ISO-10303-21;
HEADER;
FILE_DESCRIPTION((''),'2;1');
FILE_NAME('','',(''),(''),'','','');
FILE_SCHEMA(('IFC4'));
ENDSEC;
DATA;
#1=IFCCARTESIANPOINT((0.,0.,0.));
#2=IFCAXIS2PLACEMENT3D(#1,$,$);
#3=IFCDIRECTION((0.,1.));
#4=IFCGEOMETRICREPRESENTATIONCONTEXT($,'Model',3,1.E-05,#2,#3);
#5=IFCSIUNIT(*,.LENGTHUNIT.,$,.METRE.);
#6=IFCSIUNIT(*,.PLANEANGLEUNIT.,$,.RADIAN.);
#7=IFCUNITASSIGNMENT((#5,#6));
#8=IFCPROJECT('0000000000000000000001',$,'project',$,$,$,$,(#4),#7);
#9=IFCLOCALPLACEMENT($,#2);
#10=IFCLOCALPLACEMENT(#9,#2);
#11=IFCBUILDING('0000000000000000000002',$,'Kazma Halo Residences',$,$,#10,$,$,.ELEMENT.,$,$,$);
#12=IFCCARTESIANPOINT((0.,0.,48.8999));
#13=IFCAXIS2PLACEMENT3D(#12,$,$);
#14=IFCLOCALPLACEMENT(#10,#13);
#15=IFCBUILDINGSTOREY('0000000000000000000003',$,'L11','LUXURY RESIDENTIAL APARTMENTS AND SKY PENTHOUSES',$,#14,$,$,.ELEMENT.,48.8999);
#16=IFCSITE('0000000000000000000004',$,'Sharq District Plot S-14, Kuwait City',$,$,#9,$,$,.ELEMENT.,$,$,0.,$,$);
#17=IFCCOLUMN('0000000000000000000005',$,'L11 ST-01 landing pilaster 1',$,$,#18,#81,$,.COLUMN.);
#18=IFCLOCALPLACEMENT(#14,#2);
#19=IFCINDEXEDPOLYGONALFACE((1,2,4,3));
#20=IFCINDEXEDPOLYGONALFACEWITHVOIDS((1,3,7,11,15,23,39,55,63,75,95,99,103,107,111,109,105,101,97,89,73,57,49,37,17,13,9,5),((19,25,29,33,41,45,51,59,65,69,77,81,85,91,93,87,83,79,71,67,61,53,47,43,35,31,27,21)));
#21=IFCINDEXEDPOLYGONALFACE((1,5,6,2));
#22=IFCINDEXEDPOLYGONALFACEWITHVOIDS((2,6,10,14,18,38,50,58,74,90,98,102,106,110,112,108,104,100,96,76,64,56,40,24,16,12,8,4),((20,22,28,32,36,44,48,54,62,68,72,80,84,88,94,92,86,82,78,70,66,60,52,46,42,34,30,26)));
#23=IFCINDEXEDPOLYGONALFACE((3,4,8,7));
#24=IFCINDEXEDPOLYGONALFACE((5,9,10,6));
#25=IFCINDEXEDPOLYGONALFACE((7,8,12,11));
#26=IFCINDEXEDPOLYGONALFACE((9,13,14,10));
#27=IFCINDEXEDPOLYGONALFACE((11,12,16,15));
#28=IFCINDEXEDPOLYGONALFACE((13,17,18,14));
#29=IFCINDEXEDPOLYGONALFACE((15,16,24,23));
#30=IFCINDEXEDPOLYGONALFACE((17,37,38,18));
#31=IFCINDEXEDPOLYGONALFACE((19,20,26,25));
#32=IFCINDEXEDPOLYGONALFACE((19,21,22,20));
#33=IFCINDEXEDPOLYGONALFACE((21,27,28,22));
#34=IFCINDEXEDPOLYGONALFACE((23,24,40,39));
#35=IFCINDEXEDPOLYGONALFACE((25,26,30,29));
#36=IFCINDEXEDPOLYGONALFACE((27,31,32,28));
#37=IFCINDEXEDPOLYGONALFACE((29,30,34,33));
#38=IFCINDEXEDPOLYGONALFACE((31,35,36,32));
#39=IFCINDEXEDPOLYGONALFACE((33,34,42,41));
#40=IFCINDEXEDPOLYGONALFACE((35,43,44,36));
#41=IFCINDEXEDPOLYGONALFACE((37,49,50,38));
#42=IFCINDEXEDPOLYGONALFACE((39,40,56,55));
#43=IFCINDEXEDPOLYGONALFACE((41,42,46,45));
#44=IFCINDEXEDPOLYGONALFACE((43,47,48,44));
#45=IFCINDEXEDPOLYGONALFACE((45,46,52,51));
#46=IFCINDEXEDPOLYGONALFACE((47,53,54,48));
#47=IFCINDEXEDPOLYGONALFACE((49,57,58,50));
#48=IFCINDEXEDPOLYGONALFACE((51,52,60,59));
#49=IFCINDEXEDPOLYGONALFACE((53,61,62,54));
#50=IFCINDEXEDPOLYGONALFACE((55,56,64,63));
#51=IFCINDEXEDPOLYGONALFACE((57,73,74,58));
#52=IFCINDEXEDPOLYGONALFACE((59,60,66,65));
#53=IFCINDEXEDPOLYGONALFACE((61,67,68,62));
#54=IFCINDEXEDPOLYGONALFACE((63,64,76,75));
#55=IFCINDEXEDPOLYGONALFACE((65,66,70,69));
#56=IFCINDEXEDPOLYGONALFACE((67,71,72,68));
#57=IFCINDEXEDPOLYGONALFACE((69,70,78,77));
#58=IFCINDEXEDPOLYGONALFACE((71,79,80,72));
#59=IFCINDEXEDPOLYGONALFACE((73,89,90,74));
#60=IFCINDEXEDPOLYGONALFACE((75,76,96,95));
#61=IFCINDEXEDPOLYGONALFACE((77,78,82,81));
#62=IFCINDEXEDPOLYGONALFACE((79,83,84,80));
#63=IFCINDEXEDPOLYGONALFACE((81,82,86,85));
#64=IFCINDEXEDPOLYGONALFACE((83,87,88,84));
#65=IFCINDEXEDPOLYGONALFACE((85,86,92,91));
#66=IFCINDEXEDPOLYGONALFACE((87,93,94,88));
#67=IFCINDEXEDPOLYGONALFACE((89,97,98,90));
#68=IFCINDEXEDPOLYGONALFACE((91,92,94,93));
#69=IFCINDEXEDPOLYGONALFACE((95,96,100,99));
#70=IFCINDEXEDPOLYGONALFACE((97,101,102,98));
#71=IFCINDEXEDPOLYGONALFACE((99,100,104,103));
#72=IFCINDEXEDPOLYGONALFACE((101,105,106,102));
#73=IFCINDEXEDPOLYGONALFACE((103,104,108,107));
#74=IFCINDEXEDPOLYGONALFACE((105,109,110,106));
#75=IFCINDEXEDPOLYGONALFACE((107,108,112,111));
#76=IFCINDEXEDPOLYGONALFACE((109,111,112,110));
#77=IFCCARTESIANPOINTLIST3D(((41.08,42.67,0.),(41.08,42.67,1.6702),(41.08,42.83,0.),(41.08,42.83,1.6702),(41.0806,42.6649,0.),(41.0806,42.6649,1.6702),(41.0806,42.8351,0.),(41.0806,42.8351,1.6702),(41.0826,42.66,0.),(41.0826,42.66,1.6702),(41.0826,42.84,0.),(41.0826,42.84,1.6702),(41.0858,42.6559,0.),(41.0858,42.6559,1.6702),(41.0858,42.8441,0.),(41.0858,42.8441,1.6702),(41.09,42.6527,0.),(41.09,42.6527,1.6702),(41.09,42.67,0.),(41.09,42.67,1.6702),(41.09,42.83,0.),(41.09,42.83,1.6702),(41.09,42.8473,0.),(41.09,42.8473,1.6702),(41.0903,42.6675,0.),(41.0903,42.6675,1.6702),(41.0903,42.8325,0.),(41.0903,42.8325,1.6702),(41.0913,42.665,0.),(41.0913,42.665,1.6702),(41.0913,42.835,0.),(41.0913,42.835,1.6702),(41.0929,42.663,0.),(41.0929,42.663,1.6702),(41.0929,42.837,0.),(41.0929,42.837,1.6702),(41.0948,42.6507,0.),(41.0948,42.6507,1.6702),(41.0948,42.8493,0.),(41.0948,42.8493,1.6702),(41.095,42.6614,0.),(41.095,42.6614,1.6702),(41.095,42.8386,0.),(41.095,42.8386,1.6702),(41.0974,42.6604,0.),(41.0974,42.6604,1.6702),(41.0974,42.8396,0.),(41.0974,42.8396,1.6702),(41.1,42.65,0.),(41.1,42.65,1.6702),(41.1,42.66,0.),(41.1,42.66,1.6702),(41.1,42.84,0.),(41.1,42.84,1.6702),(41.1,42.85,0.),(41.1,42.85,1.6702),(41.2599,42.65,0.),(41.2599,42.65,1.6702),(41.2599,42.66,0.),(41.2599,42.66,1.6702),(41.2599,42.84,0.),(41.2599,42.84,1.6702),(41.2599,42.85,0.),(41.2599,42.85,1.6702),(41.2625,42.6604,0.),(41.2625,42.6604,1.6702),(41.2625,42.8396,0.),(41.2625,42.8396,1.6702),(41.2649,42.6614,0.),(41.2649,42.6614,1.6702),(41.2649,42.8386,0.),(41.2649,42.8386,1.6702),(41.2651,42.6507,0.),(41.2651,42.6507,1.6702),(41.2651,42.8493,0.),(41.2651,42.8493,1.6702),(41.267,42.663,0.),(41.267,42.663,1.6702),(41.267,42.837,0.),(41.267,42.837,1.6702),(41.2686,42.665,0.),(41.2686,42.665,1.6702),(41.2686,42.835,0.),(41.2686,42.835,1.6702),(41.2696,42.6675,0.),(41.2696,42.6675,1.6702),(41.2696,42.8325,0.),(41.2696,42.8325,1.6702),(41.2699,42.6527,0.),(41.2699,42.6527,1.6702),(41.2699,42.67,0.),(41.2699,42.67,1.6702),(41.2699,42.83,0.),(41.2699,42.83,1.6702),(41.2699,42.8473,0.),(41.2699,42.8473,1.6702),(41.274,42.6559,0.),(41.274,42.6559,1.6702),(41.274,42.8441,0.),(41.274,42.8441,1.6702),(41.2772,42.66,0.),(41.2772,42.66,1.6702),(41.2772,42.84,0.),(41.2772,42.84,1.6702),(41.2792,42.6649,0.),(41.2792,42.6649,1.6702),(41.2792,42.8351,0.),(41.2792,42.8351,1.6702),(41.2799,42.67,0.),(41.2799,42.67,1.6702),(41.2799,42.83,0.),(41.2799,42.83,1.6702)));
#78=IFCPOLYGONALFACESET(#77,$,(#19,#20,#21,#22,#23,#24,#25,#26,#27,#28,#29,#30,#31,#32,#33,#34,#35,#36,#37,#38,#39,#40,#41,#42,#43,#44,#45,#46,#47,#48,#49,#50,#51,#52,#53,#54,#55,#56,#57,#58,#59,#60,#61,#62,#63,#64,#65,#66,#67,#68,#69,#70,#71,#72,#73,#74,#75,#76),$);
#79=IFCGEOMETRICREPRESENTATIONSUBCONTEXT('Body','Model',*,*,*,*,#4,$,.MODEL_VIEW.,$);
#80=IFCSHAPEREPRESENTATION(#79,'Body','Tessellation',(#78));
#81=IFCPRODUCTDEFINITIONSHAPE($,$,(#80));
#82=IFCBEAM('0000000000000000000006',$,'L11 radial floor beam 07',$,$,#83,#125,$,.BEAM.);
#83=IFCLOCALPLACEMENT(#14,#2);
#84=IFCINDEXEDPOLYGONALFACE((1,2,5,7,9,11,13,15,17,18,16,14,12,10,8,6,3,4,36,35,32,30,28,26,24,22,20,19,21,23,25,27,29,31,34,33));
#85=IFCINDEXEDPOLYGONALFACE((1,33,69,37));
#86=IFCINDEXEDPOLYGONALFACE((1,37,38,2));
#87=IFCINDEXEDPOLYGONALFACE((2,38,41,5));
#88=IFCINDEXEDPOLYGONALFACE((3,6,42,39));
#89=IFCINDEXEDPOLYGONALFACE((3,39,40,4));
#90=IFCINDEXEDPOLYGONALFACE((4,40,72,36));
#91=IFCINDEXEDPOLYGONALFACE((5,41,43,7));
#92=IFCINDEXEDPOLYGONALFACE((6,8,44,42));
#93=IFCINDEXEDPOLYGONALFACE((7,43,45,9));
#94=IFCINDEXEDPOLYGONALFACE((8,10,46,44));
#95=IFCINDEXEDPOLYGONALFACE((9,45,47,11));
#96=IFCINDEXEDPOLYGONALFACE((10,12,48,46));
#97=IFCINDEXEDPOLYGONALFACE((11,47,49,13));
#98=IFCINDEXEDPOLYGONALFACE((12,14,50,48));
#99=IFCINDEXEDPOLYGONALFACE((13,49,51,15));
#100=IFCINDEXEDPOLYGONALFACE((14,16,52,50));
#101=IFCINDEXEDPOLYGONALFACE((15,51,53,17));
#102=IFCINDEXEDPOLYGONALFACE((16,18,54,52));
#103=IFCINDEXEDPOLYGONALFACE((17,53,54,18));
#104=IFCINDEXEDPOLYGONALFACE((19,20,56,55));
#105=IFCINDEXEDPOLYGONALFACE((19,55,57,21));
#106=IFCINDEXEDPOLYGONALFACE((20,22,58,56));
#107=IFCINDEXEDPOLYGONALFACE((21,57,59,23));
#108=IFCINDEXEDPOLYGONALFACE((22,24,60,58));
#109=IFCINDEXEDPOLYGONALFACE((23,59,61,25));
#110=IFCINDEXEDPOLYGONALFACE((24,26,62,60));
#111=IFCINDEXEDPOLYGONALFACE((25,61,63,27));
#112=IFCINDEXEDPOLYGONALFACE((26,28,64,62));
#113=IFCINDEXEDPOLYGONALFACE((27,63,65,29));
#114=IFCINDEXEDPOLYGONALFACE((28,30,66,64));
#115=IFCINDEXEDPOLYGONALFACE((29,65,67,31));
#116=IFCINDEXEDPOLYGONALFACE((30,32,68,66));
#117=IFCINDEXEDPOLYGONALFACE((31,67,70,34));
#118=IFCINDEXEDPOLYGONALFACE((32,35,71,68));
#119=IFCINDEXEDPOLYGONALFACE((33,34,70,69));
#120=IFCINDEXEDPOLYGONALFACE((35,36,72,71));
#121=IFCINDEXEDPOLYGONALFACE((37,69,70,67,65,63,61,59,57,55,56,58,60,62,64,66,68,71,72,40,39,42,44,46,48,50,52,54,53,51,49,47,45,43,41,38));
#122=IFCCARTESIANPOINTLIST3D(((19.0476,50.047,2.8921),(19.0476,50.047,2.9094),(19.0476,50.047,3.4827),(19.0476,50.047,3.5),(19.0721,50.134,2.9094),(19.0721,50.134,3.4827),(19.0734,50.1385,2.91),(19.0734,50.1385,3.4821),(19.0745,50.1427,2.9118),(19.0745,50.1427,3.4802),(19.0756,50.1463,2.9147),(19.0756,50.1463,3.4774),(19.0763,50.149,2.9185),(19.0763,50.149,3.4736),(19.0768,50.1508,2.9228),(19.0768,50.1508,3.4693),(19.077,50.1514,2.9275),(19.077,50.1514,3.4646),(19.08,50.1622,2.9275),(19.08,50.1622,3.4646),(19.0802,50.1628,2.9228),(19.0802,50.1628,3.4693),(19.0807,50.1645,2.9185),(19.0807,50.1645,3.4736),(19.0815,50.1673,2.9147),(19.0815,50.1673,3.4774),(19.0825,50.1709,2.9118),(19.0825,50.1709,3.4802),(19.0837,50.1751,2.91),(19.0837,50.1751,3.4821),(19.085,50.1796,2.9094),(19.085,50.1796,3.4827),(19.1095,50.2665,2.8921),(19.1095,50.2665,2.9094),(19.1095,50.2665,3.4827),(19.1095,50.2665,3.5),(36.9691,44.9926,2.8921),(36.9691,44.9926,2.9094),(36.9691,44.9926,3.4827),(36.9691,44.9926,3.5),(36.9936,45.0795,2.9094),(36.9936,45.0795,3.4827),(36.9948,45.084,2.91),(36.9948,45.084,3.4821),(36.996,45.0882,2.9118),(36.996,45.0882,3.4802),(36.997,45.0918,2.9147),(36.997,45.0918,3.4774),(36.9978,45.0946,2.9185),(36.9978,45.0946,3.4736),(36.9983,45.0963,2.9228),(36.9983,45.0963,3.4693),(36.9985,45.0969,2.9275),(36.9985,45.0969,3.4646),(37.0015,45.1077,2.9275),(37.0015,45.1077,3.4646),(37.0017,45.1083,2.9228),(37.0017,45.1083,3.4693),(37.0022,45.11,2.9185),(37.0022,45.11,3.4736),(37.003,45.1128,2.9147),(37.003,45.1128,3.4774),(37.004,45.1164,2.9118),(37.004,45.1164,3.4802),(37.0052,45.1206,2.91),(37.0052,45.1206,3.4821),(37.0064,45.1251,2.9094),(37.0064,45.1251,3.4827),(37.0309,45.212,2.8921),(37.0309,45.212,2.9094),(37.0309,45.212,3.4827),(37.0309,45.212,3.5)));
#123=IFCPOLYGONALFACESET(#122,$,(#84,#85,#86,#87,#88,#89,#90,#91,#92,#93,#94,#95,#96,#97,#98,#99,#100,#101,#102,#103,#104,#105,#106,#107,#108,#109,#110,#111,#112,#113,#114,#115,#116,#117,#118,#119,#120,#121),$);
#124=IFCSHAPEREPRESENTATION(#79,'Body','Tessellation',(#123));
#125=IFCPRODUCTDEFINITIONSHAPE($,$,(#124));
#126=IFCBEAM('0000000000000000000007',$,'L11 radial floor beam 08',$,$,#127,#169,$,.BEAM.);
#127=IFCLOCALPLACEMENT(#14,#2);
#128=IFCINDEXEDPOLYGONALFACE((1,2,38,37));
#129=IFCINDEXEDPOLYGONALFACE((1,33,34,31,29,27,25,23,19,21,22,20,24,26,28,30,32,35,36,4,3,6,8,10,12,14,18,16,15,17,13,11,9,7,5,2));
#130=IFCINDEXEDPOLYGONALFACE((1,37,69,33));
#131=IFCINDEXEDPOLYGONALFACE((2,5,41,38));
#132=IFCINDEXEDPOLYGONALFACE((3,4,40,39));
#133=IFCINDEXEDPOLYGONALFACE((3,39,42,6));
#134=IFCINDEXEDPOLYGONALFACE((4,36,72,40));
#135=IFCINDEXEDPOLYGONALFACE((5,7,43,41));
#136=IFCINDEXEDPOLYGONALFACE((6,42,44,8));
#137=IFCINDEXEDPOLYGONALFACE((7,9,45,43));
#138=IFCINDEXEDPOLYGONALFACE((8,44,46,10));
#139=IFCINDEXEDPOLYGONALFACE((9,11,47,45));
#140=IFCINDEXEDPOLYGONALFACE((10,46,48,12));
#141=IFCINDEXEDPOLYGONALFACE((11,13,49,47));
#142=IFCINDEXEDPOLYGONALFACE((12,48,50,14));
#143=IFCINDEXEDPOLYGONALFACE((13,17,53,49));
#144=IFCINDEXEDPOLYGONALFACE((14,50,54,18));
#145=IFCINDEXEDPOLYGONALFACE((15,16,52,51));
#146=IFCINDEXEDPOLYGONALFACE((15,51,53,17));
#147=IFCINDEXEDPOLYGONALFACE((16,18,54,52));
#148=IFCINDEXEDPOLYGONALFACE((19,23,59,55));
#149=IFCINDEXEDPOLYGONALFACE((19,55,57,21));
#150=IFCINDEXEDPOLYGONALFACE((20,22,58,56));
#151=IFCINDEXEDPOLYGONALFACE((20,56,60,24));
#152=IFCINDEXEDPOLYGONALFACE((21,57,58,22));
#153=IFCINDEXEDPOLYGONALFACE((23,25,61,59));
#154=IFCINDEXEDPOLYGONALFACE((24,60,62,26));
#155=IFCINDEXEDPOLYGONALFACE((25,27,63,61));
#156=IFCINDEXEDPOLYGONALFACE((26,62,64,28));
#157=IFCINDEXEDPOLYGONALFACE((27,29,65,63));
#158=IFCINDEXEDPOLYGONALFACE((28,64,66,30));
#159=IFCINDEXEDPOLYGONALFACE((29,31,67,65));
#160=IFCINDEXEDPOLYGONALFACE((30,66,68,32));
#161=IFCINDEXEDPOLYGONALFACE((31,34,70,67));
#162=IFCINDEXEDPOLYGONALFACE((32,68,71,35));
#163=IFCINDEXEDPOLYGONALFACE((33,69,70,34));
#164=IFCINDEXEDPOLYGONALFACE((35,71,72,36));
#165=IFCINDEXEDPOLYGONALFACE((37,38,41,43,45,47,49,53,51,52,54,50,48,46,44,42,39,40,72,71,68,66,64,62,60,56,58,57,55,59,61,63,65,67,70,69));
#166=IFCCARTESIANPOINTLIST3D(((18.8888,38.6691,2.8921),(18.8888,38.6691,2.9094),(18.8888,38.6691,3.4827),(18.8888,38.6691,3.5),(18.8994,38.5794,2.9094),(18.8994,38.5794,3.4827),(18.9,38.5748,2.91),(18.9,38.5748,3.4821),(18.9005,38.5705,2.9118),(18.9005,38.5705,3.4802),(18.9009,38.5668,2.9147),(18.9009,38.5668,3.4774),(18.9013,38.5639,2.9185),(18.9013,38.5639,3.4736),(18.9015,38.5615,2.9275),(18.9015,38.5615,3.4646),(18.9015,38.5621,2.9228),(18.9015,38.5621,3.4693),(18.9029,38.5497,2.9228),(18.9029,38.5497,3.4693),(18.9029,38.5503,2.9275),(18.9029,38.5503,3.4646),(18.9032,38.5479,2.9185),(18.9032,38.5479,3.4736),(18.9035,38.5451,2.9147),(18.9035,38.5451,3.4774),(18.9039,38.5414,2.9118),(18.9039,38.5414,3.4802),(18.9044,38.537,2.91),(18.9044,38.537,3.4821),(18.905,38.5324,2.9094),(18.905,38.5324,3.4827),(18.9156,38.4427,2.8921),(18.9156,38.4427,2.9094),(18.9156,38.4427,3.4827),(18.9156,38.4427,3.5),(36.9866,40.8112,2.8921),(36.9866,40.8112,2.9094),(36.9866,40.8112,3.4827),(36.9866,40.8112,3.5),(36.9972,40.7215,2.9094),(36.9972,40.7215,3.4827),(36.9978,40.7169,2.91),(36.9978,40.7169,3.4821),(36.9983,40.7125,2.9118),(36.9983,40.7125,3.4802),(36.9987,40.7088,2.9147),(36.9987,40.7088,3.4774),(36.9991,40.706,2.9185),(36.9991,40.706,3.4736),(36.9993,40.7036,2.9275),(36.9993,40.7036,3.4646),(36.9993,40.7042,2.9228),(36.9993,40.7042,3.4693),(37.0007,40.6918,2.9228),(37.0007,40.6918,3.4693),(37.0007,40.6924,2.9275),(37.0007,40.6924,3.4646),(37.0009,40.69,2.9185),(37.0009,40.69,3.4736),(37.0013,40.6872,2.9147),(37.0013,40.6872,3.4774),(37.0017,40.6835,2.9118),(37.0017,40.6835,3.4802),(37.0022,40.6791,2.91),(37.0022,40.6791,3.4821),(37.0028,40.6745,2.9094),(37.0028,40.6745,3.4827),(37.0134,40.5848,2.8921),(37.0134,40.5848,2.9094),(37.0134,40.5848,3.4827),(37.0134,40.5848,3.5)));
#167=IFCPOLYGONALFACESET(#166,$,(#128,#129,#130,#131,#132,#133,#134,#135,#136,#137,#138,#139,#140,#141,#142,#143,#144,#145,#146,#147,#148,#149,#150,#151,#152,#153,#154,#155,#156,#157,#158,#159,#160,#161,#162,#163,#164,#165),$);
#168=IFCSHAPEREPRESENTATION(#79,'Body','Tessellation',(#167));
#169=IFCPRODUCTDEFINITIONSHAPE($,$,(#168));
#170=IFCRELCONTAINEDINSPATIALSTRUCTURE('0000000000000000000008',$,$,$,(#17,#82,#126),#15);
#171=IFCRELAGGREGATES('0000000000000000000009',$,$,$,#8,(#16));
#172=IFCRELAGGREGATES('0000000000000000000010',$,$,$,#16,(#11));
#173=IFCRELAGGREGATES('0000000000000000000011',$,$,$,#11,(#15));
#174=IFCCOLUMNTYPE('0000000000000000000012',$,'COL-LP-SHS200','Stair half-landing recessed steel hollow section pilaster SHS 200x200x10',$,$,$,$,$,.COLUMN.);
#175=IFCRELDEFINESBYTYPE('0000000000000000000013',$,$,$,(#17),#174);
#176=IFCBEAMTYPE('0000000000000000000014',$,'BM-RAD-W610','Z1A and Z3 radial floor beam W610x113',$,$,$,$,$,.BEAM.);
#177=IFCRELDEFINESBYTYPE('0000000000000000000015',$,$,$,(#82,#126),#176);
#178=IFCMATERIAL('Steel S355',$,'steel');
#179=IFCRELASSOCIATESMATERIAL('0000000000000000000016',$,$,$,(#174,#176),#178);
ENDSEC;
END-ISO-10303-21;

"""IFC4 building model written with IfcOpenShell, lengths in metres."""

from ifc_helpers import new_model, si_unit, direction, frame, origin, origin_2d, place, context, subcontext, project, spatial, hollow_rectangle, i_section, extrude, material, material_profile, profile_set, type_object, element, save


model = new_model("IFC4")

# Units and contexts
model_context = context("Model", 3, precision=1e-05, world=origin(), true_north=direction((0.0, 1.0)))
body_context = subcontext(model_context, "Body", "Model", "MODEL_VIEW")
ifc_project = project(units=[si_unit("LENGTHUNIT", "METRE"), si_unit("PLANEANGLEUNIT", "RADIAN")], contexts=[model_context])

# Site, building, storey
site_placement = place(None, origin())
site = spatial("IfcSite", under=ifc_project, at=site_placement, Name="Sharq District Plot S-14, Kuwait City", CompositionType="ELEMENT", RefElevation=0.0)
building_placement = place(site_placement, origin())
building = spatial("IfcBuilding", under=site, at=building_placement, Name="Kazma Halo Residences", CompositionType="ELEMENT")
storey_placement = place(building_placement, frame((0.0, 0.0, 48.8999)))
storey = spatial("IfcBuildingStorey", under=building, at=storey_placement, Name="L11", Description="LUXURY RESIDENTIAL APARTMENTS AND SKY PENTHOUSES", CompositionType="ELEMENT", Elevation=48.8999)

# Column
ifc_material_1 = material(Name="Steel S355", Category="steel")
ifc_material_profile_1 = material_profile(ifc_material_1, hollow_rectangle(XDim=0.2, YDim=0.2, WallThickness=0.01, InnerFilletRadius=0.01, OuterFilletRadius=0.02, at=origin_2d()), Name="SHS200x200x10")
ifc_profile_set_1 = profile_set([ifc_material_profile_1], Name="Steel S355")
column_type = type_object("IfcColumnType", Name="COL-LP-SHS200", Description="Stair half-landing recessed steel hollow section pilaster SHS 200x200x10", PredefinedType="COLUMN", material=ifc_profile_set_1)
column_placement = place(storey_placement, frame((41.1799, 42.75, 0.0), z_axis=(0.0, 0.0, 1.0), x_axis=(1.0, 0.0, 0.0)))
element("IfcColumn", 1, at=column_placement, inside=storey, type_object=column_type, Name="L11 ST-01 landing pilaster 1", PredefinedType="COLUMN", context=body_context, shape_type="SweptSolid", body=[
    extrude(hollow_rectangle(XDim=0.2, YDim=0.2, WallThickness=0.01, InnerFilletRadius=0.01, OuterFilletRadius=0.02, at=origin_2d()), origin(), (0.0, 0.0, 1.0), 1.6702),
])

# Beams
ifc_material_profile_2 = material_profile(ifc_material_1, i_section(OverallWidth=0.228, OverallDepth=0.6079, WebThickness=0.0112, FlangeThickness=0.0173, FilletRadius=0.0181, at=origin_2d()), Name="W610x113")
ifc_profile_set_2 = profile_set([ifc_material_profile_2], Name="Steel S355")
beam_type_1 = type_object("IfcBeamType", Name="BM-RAD-W610", Description="Z1A and Z3 radial floor beam W610x113", PredefinedType="BEAM", material=ifc_profile_set_2)
beam_1_placement = place(storey_placement, frame((37.0, 45.1023, 3.196), z_axis=(-0.962454, 0.271445, 0.0), x_axis=(-0.271445, -0.962454, 0.0)))
element("IfcBeam", 2, at=beam_1_placement, inside=storey, type_object=beam_type_1, Name="L11 radial floor beam 07", PredefinedType="BEAM", context=body_context, shape_type="SweptSolid", body=[
    extrude(i_section(OverallWidth=0.228, OverallDepth=0.6079, WebThickness=0.0112, FlangeThickness=0.0173, FilletRadius=0.0181, at=origin_2d()), origin(), (0.0, 0.0, 1.0), 18.6206),
])
beam_2_placement = place(storey_placement, frame((37.0, 40.698, 3.196), z_axis=(-0.993068, -0.117541, 0.0), x_axis=(0.117541, -0.993068, 0.0)))
element("IfcBeam", 3, at=beam_2_placement, inside=storey, type_object=beam_type_1, Name="L11 radial floor beam 08", PredefinedType="BEAM", context=body_context, shape_type="SweptSolid", body=[
    extrude(i_section(OverallWidth=0.228, OverallDepth=0.6079, WebThickness=0.0112, FlangeThickness=0.0173, FilletRadius=0.0181, at=origin_2d()), origin(), (0.0, 0.0, 1.0), 18.2241),
])

save(model, "model.ifc")
